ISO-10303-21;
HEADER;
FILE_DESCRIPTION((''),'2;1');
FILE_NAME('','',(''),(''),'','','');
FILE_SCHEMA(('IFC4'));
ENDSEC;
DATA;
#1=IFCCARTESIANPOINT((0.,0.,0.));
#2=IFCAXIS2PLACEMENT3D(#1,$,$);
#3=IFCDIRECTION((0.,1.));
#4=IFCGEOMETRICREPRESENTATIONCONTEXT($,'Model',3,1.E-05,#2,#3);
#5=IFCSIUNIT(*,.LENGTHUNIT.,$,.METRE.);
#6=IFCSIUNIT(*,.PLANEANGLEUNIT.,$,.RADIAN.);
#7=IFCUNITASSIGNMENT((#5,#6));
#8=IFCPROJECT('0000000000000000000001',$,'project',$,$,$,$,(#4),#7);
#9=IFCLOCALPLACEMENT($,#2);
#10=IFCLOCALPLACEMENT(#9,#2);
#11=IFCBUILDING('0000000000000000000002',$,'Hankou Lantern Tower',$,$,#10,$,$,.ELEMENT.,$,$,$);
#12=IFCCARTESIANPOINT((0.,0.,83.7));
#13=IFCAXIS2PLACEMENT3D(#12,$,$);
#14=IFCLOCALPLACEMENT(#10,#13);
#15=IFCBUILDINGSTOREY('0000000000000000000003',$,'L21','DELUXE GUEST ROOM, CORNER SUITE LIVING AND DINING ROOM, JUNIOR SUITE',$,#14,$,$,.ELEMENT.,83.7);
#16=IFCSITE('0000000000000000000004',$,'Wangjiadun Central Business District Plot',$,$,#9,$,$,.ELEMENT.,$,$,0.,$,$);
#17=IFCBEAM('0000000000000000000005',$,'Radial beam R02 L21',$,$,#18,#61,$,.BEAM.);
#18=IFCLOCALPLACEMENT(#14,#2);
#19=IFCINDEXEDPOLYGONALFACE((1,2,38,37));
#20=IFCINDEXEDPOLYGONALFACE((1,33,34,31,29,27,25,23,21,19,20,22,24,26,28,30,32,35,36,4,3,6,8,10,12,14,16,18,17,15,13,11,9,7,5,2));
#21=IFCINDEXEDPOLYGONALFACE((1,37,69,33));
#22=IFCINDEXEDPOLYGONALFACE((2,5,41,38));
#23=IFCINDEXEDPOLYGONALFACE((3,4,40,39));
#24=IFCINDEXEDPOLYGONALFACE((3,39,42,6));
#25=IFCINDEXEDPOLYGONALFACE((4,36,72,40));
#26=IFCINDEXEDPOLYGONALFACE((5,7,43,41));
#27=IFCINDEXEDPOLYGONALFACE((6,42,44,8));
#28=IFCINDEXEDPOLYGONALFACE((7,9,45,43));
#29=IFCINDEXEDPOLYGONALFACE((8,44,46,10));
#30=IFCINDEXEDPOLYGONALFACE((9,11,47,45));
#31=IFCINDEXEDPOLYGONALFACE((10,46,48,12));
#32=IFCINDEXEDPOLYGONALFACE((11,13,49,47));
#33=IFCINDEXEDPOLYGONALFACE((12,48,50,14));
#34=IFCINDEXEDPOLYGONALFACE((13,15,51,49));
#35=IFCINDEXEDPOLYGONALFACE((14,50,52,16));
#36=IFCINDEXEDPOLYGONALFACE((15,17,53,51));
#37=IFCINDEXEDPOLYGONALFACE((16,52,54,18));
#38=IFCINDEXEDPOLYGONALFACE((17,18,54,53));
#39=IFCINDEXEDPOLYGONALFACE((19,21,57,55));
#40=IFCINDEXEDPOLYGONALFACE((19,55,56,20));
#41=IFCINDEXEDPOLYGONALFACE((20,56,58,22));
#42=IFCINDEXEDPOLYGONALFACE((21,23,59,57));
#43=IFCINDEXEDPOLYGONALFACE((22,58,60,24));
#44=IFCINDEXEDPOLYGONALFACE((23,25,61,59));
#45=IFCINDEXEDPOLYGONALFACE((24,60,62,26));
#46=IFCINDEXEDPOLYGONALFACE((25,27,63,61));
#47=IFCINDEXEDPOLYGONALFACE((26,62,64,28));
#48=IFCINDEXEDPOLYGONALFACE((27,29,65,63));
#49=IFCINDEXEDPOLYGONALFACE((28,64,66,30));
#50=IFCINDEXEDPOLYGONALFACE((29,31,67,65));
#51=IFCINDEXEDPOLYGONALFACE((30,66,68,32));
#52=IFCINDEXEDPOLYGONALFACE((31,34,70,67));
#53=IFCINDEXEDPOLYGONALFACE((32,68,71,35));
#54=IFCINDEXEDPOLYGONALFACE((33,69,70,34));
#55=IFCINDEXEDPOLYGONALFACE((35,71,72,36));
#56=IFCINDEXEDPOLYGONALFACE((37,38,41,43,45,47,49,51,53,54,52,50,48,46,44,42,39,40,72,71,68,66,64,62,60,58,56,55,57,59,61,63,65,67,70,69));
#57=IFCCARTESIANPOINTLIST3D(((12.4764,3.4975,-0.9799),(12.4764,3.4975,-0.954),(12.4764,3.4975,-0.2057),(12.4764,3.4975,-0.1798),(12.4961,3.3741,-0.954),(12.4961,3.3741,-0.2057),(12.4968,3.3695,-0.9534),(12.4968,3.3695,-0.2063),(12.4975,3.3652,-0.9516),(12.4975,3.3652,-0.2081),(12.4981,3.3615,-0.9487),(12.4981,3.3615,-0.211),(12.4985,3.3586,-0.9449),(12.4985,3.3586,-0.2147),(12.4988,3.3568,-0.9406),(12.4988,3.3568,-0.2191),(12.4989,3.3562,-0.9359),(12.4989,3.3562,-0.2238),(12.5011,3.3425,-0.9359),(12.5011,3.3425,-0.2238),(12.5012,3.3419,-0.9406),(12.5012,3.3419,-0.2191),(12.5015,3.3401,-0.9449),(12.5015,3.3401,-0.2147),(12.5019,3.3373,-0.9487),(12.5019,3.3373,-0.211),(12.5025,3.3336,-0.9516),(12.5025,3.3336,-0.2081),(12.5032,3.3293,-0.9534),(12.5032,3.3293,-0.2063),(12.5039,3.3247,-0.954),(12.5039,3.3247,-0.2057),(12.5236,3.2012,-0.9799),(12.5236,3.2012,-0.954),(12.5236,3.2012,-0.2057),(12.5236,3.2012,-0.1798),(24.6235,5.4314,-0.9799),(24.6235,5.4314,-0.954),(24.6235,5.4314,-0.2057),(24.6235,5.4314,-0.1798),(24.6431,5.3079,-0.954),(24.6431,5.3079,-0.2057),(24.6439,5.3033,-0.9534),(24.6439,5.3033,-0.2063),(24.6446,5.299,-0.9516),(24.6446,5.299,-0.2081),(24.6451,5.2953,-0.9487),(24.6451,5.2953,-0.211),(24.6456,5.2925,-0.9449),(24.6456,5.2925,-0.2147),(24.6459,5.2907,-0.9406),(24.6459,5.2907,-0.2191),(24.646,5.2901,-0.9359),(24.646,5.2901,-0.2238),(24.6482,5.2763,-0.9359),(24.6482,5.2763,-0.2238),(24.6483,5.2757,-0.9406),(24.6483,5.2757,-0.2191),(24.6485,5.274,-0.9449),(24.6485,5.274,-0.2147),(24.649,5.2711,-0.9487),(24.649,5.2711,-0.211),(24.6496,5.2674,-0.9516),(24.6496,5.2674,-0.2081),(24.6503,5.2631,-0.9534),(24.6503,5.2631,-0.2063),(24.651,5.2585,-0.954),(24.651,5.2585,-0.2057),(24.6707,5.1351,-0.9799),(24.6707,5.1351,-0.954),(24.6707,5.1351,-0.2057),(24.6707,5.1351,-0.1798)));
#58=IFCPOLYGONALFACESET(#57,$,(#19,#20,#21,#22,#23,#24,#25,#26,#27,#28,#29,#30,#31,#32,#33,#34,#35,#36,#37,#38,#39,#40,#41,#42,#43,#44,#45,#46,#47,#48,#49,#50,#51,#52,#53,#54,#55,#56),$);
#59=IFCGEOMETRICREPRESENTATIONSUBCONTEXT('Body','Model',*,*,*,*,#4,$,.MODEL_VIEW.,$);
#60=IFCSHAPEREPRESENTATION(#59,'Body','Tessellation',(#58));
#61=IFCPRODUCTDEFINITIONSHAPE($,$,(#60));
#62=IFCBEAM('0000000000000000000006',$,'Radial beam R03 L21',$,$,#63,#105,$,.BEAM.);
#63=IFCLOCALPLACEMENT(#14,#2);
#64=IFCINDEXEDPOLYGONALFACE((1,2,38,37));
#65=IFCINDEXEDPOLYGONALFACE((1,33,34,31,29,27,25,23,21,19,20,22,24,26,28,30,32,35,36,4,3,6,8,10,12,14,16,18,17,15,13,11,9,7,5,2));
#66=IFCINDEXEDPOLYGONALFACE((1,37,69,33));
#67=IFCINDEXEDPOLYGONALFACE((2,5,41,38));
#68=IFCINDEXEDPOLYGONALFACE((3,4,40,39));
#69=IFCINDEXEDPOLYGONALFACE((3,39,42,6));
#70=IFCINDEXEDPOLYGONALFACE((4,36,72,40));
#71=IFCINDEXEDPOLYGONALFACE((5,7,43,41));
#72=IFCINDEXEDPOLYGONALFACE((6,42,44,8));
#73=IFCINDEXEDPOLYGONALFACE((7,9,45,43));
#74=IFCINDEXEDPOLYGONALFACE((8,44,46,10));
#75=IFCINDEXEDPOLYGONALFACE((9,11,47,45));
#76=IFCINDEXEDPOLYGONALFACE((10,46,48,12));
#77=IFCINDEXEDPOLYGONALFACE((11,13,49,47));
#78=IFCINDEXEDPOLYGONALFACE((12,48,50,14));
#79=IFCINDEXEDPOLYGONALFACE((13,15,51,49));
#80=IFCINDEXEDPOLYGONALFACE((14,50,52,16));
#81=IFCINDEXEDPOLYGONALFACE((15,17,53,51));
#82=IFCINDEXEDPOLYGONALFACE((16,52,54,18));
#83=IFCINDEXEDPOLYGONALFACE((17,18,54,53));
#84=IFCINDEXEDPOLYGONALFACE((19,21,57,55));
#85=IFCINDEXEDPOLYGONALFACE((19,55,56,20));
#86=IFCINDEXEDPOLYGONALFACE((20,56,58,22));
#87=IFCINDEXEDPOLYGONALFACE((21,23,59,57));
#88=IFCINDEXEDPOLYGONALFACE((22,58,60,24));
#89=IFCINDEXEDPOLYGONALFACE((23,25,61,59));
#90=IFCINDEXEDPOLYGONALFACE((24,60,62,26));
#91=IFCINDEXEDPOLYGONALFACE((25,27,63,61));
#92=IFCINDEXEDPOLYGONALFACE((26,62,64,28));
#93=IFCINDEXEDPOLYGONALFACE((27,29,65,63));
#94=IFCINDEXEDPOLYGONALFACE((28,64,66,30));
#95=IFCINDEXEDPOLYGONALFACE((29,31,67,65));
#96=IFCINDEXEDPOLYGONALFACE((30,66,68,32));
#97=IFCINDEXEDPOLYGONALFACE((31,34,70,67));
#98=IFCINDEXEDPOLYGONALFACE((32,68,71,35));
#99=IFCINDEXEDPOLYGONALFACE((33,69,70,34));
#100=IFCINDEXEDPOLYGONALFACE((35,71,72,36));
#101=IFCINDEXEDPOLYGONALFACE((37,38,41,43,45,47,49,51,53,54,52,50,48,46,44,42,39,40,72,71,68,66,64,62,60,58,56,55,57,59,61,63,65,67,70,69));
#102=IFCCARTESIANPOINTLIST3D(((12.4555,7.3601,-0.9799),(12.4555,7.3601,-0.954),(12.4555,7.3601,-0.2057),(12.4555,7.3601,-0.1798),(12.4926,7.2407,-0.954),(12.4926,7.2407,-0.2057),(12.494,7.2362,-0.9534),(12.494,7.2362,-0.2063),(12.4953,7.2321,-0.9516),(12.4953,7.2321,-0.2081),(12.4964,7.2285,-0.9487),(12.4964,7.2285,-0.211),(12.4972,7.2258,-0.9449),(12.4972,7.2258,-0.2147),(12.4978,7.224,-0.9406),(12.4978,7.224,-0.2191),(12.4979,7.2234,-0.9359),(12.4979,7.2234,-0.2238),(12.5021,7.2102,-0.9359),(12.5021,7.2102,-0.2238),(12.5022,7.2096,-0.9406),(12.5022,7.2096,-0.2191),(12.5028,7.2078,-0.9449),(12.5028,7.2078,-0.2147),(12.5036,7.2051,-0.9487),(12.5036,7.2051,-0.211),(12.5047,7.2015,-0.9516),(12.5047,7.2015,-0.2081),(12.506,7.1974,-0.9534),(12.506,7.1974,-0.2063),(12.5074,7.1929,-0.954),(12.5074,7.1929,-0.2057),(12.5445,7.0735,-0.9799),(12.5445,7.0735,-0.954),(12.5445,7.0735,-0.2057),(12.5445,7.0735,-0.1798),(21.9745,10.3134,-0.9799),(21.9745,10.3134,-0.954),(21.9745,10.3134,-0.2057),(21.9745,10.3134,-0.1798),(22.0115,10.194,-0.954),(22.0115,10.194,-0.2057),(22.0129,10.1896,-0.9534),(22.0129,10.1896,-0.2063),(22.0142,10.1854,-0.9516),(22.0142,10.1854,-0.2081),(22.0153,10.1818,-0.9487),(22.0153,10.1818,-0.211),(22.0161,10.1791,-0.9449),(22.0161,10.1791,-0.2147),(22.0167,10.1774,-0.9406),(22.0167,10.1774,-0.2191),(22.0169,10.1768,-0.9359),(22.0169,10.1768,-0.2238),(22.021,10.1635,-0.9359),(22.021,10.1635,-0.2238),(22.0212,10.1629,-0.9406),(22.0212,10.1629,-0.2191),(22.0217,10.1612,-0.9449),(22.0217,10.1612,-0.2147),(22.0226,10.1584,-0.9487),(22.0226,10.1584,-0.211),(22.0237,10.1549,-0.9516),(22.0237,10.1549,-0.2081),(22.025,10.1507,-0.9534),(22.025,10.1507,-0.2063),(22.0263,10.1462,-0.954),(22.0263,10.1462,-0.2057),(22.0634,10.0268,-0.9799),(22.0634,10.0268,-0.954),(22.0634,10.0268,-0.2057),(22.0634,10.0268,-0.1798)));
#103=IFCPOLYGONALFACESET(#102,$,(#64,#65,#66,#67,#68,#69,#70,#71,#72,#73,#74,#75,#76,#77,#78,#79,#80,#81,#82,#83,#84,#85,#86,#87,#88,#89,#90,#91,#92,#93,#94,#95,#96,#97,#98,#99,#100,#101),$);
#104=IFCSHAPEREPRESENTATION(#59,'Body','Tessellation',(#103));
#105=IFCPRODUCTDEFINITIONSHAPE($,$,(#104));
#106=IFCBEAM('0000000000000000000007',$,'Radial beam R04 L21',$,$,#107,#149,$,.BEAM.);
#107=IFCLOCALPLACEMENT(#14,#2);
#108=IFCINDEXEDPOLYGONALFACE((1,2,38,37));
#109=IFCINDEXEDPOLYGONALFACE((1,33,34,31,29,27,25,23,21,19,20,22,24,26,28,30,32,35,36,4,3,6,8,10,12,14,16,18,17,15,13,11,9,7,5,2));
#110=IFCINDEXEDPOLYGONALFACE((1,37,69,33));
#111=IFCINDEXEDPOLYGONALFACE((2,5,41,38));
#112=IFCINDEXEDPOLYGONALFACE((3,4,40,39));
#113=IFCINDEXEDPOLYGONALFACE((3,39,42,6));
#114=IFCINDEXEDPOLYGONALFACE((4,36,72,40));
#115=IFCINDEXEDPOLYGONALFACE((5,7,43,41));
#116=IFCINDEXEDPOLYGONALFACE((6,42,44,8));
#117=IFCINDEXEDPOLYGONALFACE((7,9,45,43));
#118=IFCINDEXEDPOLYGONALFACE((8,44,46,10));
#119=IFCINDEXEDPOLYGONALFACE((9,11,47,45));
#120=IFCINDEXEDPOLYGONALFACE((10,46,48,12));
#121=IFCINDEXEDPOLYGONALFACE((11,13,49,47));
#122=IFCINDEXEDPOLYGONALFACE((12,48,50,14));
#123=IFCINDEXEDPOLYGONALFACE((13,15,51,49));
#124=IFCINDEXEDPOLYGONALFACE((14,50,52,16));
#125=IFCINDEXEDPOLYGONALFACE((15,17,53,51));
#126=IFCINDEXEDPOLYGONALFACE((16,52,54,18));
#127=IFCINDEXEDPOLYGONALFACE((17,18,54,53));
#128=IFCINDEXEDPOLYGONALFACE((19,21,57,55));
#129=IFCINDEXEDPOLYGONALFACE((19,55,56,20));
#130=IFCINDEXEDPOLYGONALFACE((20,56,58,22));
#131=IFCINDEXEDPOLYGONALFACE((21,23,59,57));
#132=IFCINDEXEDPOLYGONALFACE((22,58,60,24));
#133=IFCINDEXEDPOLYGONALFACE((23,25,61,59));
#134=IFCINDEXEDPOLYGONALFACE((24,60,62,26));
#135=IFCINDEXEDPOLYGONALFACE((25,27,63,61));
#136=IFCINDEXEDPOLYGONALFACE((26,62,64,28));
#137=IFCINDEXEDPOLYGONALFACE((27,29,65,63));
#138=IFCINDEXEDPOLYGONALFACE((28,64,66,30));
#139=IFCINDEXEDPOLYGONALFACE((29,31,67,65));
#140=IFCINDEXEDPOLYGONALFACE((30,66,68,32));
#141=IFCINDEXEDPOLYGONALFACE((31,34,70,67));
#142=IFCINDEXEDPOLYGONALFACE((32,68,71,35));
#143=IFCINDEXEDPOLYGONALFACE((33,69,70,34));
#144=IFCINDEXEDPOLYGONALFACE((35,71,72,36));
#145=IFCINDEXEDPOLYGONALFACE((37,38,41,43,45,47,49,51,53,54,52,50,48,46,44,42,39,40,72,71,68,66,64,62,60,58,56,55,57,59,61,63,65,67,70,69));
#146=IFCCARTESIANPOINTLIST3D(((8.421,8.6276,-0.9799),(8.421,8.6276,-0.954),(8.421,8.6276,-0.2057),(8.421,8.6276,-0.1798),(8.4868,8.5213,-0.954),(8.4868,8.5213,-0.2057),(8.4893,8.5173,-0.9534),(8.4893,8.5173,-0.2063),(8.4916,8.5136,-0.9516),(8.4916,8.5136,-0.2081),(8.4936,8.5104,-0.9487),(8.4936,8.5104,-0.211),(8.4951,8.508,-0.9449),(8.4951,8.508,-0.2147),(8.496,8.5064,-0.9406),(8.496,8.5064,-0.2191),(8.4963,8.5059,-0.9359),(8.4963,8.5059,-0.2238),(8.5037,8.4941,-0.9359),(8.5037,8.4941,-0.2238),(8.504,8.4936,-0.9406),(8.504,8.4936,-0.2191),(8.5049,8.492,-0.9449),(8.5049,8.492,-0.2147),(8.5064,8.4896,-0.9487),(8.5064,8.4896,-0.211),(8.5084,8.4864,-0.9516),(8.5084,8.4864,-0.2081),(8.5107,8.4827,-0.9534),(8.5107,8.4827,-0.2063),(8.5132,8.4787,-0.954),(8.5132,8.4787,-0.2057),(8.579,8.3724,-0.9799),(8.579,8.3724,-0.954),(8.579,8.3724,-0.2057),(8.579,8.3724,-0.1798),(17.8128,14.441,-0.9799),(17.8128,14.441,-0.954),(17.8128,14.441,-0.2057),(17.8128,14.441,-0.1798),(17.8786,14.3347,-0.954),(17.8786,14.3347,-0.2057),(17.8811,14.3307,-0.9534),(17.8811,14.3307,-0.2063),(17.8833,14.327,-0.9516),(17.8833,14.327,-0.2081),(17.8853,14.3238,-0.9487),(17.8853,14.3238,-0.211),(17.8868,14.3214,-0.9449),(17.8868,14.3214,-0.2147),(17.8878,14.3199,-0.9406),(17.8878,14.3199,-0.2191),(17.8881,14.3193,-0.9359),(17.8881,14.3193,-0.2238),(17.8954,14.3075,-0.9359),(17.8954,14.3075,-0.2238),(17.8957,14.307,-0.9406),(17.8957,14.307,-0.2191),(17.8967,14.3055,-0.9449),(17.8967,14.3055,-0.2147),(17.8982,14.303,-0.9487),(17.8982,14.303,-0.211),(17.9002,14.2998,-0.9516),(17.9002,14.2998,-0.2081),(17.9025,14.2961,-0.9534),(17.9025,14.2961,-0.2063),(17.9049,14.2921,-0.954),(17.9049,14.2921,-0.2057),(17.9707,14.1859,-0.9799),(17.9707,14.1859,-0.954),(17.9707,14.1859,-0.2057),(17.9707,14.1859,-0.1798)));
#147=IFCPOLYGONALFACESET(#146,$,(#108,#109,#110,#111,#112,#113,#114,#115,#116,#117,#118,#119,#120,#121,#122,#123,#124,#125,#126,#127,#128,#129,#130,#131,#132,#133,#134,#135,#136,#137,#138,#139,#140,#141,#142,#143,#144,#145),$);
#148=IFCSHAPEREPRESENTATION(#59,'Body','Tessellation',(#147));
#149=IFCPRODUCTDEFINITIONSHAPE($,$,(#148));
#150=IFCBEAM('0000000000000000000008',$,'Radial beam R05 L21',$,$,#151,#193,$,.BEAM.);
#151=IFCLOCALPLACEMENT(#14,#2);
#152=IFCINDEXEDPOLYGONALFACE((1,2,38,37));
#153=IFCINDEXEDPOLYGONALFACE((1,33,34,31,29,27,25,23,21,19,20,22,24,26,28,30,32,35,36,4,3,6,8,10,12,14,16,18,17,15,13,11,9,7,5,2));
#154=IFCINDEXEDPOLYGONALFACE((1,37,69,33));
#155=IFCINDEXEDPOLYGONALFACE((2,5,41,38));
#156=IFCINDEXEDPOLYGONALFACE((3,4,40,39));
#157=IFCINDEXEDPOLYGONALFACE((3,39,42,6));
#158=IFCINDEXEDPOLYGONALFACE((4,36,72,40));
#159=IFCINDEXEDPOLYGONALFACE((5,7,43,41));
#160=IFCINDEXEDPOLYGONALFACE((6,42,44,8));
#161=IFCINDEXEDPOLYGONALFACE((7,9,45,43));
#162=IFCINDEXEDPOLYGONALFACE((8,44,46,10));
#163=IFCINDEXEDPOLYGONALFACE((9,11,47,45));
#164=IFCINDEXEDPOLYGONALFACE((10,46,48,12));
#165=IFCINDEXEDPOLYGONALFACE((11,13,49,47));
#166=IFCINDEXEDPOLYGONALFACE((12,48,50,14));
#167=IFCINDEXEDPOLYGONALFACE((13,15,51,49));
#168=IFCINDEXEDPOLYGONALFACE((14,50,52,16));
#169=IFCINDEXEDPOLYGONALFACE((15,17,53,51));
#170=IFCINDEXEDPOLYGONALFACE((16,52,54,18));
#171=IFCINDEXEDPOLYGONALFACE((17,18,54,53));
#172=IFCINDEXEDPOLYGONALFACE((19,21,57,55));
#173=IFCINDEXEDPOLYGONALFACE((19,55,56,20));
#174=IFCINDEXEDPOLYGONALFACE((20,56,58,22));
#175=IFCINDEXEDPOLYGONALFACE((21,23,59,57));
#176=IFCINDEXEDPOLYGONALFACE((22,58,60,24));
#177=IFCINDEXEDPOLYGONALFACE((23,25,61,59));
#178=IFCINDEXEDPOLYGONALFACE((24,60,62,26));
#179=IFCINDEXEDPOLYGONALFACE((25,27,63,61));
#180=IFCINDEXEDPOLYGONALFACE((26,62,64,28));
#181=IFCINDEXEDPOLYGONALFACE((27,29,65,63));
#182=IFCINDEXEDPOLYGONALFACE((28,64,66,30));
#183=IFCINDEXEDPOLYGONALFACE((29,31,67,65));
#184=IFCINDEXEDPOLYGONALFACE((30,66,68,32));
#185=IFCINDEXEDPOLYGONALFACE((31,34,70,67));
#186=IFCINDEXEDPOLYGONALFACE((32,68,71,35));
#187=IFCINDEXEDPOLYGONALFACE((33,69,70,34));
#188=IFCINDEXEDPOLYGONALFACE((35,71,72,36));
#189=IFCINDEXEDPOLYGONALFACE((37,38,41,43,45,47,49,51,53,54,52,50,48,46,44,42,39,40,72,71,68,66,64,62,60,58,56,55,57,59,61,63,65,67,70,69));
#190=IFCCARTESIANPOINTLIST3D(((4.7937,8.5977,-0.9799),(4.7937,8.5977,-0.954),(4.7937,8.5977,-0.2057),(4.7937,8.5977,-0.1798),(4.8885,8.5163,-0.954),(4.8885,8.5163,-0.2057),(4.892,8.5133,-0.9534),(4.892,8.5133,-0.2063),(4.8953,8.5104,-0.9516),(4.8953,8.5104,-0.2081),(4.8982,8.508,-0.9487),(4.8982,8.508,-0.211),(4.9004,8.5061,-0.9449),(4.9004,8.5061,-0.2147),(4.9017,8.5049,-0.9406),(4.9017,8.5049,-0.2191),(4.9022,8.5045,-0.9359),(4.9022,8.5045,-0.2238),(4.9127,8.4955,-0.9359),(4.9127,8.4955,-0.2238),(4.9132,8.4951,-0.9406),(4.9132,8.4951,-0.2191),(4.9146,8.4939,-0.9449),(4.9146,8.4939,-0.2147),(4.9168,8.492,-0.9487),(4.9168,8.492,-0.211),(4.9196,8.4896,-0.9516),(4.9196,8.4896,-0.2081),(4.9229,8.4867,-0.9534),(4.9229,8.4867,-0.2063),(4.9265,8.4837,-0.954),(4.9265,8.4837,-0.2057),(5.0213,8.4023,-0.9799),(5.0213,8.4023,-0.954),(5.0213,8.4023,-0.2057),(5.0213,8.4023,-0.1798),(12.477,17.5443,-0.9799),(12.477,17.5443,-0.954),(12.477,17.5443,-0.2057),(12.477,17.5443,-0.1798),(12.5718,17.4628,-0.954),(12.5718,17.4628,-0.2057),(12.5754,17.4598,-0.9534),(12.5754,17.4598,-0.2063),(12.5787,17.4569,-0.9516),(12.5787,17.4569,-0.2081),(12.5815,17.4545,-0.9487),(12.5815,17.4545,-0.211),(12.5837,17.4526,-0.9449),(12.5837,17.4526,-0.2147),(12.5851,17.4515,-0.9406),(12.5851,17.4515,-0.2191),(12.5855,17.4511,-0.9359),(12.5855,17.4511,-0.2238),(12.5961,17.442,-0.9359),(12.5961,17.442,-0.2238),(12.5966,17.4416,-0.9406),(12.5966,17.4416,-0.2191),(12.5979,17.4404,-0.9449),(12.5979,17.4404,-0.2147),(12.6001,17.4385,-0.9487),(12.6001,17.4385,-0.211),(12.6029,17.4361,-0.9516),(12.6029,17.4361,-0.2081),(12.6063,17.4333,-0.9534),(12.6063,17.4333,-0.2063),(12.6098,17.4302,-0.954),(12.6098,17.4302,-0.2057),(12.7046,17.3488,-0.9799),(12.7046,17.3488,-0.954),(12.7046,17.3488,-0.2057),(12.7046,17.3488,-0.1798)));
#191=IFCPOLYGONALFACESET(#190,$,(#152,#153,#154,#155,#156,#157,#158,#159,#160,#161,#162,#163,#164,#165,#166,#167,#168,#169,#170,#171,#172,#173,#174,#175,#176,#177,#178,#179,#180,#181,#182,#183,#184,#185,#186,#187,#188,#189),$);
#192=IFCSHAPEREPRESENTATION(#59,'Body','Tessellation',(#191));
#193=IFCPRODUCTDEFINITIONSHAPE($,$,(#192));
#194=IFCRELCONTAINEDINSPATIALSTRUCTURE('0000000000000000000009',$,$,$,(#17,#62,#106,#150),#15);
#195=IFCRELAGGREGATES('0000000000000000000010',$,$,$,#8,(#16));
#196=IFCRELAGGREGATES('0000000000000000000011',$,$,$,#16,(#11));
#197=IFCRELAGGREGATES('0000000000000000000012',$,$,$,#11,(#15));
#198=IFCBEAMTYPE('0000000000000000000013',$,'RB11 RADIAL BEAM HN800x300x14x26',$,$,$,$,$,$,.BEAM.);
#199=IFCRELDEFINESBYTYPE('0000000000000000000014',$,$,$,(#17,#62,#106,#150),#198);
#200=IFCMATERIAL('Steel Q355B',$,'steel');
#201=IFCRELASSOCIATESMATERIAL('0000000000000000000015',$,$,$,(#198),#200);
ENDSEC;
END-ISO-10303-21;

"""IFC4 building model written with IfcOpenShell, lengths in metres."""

from ifc_helpers import new_model, si_unit, direction, frame, origin, origin_2d, place, context, subcontext, project, spatial, i_section, extrude, material, material_profile, profile_set, type_object, element, save


model = new_model("IFC4")

# Units and contexts
model_context = context("Model", 3, precision=1e-05, world=origin(), true_north=direction((0.0, 1.0)))
body_context = subcontext(model_context, "Body", "Model", "MODEL_VIEW")
ifc_project = project(units=[si_unit("LENGTHUNIT", "METRE"), si_unit("PLANEANGLEUNIT", "RADIAN")], contexts=[model_context])

# Site, building, storey
site_placement = place(None, origin())
site = spatial("IfcSite", under=ifc_project, at=site_placement, Name="Wangjiadun Central Business District Plot", CompositionType="ELEMENT", RefElevation=0.0)
building_placement = place(site_placement, origin())
building = spatial("IfcBuilding", under=site, at=building_placement, Name="Hankou Lantern Tower", CompositionType="ELEMENT")
storey_placement = place(building_placement, frame((0.0, 0.0, 83.7)))
storey = spatial("IfcBuildingStorey", under=building, at=storey_placement, Name="L21", Description="DELUXE GUEST ROOM, CORNER SUITE LIVING AND DINING ROOM, JUNIOR SUITE", CompositionType="ELEMENT", Elevation=83.7)

# Beams
ifc_material_1 = material(Name="Steel Q355B", Category="steel")
ifc_material_profile_1 = material_profile(ifc_material_1, i_section(OverallWidth=0.3, OverallDepth=0.8, WebThickness=0.0139, FlangeThickness=0.0259, FilletRadius=0.0181, at=origin_2d()), Name="HN800x300x14x26")
ifc_profile_set_1 = profile_set([ifc_material_profile_1], Name="Steel Q355B")
beam_type_1 = type_object("IfcBeamType", Name="RB11 RADIAL BEAM HN800x300x14x26", PredefinedType="BEAM", material=ifc_profile_set_1)
beam_1_placement = place(storey_placement, frame((12.5, 3.3494, -0.5798), z_axis=(0.987563, 0.157223, 0.0), x_axis=(-0.157223, 0.987563, 0.0)))
element("IfcBeam", 1, at=beam_1_placement, inside=storey, type_object=beam_type_1, Name="Radial beam R02 L21", PredefinedType="BEAM", context=body_context, shape_type="SweptSolid", body=[
    extrude(i_section(OverallWidth=0.3, OverallDepth=0.8, WebThickness=0.0139, FlangeThickness=0.0259, FilletRadius=0.0181, at=origin_2d()), origin(), (0.0, 0.0, 1.0), 12.3),
])
beam_2_placement = place(storey_placement, frame((12.5, 7.2168, -0.5798), z_axis=(0.955087, 0.296324, 0.0), x_axis=(-0.296324, 0.955087, 0.0)))
element("IfcBeam", 2, at=beam_2_placement, inside=storey, type_object=beam_type_1, Name="Radial beam R03 L21", PredefinedType="BEAM", context=body_context, shape_type="SweptSolid", body=[
    extrude(i_section(OverallWidth=0.3, OverallDepth=0.8, WebThickness=0.0139, FlangeThickness=0.0259, FilletRadius=0.0181, at=origin_2d()), origin(), (0.0, 0.0, 1.0), 9.9666),
])
beam_3_placement = place(storey_placement, frame((8.5, 8.5, -0.5798), z_axis=(0.850286, 0.52632, 0.0), x_axis=(-0.52632, 0.850286, 0.0)))
element("IfcBeam", 3, at=beam_3_placement, inside=storey, type_object=beam_type_1, Name="Radial beam R04 L21", PredefinedType="BEAM", context=body_context, shape_type="SweptSolid", body=[
    extrude(i_section(OverallWidth=0.3, OverallDepth=0.8, WebThickness=0.0139, FlangeThickness=0.0259, FilletRadius=0.0181, at=origin_2d()), origin(), (0.0, 0.0, 1.0), 11.0454),
])
beam_4_placement = place(storey_placement, frame((4.9075, 8.5, -0.5798), z_axis=(0.651519, 0.758632, 0.0), x_axis=(-0.758632, 0.651519, 0.0)))
element("IfcBeam", 4, at=beam_4_placement, inside=storey, type_object=beam_type_1, Name="Radial beam R05 L21", PredefinedType="BEAM", context=body_context, shape_type="SweptSolid", body=[
    extrude(i_section(OverallWidth=0.3, OverallDepth=0.8, WebThickness=0.0139, FlangeThickness=0.0259, FilletRadius=0.0181, at=origin_2d()), origin(), (0.0, 0.0, 1.0), 11.793),
])

save(model, "model.ifc")
